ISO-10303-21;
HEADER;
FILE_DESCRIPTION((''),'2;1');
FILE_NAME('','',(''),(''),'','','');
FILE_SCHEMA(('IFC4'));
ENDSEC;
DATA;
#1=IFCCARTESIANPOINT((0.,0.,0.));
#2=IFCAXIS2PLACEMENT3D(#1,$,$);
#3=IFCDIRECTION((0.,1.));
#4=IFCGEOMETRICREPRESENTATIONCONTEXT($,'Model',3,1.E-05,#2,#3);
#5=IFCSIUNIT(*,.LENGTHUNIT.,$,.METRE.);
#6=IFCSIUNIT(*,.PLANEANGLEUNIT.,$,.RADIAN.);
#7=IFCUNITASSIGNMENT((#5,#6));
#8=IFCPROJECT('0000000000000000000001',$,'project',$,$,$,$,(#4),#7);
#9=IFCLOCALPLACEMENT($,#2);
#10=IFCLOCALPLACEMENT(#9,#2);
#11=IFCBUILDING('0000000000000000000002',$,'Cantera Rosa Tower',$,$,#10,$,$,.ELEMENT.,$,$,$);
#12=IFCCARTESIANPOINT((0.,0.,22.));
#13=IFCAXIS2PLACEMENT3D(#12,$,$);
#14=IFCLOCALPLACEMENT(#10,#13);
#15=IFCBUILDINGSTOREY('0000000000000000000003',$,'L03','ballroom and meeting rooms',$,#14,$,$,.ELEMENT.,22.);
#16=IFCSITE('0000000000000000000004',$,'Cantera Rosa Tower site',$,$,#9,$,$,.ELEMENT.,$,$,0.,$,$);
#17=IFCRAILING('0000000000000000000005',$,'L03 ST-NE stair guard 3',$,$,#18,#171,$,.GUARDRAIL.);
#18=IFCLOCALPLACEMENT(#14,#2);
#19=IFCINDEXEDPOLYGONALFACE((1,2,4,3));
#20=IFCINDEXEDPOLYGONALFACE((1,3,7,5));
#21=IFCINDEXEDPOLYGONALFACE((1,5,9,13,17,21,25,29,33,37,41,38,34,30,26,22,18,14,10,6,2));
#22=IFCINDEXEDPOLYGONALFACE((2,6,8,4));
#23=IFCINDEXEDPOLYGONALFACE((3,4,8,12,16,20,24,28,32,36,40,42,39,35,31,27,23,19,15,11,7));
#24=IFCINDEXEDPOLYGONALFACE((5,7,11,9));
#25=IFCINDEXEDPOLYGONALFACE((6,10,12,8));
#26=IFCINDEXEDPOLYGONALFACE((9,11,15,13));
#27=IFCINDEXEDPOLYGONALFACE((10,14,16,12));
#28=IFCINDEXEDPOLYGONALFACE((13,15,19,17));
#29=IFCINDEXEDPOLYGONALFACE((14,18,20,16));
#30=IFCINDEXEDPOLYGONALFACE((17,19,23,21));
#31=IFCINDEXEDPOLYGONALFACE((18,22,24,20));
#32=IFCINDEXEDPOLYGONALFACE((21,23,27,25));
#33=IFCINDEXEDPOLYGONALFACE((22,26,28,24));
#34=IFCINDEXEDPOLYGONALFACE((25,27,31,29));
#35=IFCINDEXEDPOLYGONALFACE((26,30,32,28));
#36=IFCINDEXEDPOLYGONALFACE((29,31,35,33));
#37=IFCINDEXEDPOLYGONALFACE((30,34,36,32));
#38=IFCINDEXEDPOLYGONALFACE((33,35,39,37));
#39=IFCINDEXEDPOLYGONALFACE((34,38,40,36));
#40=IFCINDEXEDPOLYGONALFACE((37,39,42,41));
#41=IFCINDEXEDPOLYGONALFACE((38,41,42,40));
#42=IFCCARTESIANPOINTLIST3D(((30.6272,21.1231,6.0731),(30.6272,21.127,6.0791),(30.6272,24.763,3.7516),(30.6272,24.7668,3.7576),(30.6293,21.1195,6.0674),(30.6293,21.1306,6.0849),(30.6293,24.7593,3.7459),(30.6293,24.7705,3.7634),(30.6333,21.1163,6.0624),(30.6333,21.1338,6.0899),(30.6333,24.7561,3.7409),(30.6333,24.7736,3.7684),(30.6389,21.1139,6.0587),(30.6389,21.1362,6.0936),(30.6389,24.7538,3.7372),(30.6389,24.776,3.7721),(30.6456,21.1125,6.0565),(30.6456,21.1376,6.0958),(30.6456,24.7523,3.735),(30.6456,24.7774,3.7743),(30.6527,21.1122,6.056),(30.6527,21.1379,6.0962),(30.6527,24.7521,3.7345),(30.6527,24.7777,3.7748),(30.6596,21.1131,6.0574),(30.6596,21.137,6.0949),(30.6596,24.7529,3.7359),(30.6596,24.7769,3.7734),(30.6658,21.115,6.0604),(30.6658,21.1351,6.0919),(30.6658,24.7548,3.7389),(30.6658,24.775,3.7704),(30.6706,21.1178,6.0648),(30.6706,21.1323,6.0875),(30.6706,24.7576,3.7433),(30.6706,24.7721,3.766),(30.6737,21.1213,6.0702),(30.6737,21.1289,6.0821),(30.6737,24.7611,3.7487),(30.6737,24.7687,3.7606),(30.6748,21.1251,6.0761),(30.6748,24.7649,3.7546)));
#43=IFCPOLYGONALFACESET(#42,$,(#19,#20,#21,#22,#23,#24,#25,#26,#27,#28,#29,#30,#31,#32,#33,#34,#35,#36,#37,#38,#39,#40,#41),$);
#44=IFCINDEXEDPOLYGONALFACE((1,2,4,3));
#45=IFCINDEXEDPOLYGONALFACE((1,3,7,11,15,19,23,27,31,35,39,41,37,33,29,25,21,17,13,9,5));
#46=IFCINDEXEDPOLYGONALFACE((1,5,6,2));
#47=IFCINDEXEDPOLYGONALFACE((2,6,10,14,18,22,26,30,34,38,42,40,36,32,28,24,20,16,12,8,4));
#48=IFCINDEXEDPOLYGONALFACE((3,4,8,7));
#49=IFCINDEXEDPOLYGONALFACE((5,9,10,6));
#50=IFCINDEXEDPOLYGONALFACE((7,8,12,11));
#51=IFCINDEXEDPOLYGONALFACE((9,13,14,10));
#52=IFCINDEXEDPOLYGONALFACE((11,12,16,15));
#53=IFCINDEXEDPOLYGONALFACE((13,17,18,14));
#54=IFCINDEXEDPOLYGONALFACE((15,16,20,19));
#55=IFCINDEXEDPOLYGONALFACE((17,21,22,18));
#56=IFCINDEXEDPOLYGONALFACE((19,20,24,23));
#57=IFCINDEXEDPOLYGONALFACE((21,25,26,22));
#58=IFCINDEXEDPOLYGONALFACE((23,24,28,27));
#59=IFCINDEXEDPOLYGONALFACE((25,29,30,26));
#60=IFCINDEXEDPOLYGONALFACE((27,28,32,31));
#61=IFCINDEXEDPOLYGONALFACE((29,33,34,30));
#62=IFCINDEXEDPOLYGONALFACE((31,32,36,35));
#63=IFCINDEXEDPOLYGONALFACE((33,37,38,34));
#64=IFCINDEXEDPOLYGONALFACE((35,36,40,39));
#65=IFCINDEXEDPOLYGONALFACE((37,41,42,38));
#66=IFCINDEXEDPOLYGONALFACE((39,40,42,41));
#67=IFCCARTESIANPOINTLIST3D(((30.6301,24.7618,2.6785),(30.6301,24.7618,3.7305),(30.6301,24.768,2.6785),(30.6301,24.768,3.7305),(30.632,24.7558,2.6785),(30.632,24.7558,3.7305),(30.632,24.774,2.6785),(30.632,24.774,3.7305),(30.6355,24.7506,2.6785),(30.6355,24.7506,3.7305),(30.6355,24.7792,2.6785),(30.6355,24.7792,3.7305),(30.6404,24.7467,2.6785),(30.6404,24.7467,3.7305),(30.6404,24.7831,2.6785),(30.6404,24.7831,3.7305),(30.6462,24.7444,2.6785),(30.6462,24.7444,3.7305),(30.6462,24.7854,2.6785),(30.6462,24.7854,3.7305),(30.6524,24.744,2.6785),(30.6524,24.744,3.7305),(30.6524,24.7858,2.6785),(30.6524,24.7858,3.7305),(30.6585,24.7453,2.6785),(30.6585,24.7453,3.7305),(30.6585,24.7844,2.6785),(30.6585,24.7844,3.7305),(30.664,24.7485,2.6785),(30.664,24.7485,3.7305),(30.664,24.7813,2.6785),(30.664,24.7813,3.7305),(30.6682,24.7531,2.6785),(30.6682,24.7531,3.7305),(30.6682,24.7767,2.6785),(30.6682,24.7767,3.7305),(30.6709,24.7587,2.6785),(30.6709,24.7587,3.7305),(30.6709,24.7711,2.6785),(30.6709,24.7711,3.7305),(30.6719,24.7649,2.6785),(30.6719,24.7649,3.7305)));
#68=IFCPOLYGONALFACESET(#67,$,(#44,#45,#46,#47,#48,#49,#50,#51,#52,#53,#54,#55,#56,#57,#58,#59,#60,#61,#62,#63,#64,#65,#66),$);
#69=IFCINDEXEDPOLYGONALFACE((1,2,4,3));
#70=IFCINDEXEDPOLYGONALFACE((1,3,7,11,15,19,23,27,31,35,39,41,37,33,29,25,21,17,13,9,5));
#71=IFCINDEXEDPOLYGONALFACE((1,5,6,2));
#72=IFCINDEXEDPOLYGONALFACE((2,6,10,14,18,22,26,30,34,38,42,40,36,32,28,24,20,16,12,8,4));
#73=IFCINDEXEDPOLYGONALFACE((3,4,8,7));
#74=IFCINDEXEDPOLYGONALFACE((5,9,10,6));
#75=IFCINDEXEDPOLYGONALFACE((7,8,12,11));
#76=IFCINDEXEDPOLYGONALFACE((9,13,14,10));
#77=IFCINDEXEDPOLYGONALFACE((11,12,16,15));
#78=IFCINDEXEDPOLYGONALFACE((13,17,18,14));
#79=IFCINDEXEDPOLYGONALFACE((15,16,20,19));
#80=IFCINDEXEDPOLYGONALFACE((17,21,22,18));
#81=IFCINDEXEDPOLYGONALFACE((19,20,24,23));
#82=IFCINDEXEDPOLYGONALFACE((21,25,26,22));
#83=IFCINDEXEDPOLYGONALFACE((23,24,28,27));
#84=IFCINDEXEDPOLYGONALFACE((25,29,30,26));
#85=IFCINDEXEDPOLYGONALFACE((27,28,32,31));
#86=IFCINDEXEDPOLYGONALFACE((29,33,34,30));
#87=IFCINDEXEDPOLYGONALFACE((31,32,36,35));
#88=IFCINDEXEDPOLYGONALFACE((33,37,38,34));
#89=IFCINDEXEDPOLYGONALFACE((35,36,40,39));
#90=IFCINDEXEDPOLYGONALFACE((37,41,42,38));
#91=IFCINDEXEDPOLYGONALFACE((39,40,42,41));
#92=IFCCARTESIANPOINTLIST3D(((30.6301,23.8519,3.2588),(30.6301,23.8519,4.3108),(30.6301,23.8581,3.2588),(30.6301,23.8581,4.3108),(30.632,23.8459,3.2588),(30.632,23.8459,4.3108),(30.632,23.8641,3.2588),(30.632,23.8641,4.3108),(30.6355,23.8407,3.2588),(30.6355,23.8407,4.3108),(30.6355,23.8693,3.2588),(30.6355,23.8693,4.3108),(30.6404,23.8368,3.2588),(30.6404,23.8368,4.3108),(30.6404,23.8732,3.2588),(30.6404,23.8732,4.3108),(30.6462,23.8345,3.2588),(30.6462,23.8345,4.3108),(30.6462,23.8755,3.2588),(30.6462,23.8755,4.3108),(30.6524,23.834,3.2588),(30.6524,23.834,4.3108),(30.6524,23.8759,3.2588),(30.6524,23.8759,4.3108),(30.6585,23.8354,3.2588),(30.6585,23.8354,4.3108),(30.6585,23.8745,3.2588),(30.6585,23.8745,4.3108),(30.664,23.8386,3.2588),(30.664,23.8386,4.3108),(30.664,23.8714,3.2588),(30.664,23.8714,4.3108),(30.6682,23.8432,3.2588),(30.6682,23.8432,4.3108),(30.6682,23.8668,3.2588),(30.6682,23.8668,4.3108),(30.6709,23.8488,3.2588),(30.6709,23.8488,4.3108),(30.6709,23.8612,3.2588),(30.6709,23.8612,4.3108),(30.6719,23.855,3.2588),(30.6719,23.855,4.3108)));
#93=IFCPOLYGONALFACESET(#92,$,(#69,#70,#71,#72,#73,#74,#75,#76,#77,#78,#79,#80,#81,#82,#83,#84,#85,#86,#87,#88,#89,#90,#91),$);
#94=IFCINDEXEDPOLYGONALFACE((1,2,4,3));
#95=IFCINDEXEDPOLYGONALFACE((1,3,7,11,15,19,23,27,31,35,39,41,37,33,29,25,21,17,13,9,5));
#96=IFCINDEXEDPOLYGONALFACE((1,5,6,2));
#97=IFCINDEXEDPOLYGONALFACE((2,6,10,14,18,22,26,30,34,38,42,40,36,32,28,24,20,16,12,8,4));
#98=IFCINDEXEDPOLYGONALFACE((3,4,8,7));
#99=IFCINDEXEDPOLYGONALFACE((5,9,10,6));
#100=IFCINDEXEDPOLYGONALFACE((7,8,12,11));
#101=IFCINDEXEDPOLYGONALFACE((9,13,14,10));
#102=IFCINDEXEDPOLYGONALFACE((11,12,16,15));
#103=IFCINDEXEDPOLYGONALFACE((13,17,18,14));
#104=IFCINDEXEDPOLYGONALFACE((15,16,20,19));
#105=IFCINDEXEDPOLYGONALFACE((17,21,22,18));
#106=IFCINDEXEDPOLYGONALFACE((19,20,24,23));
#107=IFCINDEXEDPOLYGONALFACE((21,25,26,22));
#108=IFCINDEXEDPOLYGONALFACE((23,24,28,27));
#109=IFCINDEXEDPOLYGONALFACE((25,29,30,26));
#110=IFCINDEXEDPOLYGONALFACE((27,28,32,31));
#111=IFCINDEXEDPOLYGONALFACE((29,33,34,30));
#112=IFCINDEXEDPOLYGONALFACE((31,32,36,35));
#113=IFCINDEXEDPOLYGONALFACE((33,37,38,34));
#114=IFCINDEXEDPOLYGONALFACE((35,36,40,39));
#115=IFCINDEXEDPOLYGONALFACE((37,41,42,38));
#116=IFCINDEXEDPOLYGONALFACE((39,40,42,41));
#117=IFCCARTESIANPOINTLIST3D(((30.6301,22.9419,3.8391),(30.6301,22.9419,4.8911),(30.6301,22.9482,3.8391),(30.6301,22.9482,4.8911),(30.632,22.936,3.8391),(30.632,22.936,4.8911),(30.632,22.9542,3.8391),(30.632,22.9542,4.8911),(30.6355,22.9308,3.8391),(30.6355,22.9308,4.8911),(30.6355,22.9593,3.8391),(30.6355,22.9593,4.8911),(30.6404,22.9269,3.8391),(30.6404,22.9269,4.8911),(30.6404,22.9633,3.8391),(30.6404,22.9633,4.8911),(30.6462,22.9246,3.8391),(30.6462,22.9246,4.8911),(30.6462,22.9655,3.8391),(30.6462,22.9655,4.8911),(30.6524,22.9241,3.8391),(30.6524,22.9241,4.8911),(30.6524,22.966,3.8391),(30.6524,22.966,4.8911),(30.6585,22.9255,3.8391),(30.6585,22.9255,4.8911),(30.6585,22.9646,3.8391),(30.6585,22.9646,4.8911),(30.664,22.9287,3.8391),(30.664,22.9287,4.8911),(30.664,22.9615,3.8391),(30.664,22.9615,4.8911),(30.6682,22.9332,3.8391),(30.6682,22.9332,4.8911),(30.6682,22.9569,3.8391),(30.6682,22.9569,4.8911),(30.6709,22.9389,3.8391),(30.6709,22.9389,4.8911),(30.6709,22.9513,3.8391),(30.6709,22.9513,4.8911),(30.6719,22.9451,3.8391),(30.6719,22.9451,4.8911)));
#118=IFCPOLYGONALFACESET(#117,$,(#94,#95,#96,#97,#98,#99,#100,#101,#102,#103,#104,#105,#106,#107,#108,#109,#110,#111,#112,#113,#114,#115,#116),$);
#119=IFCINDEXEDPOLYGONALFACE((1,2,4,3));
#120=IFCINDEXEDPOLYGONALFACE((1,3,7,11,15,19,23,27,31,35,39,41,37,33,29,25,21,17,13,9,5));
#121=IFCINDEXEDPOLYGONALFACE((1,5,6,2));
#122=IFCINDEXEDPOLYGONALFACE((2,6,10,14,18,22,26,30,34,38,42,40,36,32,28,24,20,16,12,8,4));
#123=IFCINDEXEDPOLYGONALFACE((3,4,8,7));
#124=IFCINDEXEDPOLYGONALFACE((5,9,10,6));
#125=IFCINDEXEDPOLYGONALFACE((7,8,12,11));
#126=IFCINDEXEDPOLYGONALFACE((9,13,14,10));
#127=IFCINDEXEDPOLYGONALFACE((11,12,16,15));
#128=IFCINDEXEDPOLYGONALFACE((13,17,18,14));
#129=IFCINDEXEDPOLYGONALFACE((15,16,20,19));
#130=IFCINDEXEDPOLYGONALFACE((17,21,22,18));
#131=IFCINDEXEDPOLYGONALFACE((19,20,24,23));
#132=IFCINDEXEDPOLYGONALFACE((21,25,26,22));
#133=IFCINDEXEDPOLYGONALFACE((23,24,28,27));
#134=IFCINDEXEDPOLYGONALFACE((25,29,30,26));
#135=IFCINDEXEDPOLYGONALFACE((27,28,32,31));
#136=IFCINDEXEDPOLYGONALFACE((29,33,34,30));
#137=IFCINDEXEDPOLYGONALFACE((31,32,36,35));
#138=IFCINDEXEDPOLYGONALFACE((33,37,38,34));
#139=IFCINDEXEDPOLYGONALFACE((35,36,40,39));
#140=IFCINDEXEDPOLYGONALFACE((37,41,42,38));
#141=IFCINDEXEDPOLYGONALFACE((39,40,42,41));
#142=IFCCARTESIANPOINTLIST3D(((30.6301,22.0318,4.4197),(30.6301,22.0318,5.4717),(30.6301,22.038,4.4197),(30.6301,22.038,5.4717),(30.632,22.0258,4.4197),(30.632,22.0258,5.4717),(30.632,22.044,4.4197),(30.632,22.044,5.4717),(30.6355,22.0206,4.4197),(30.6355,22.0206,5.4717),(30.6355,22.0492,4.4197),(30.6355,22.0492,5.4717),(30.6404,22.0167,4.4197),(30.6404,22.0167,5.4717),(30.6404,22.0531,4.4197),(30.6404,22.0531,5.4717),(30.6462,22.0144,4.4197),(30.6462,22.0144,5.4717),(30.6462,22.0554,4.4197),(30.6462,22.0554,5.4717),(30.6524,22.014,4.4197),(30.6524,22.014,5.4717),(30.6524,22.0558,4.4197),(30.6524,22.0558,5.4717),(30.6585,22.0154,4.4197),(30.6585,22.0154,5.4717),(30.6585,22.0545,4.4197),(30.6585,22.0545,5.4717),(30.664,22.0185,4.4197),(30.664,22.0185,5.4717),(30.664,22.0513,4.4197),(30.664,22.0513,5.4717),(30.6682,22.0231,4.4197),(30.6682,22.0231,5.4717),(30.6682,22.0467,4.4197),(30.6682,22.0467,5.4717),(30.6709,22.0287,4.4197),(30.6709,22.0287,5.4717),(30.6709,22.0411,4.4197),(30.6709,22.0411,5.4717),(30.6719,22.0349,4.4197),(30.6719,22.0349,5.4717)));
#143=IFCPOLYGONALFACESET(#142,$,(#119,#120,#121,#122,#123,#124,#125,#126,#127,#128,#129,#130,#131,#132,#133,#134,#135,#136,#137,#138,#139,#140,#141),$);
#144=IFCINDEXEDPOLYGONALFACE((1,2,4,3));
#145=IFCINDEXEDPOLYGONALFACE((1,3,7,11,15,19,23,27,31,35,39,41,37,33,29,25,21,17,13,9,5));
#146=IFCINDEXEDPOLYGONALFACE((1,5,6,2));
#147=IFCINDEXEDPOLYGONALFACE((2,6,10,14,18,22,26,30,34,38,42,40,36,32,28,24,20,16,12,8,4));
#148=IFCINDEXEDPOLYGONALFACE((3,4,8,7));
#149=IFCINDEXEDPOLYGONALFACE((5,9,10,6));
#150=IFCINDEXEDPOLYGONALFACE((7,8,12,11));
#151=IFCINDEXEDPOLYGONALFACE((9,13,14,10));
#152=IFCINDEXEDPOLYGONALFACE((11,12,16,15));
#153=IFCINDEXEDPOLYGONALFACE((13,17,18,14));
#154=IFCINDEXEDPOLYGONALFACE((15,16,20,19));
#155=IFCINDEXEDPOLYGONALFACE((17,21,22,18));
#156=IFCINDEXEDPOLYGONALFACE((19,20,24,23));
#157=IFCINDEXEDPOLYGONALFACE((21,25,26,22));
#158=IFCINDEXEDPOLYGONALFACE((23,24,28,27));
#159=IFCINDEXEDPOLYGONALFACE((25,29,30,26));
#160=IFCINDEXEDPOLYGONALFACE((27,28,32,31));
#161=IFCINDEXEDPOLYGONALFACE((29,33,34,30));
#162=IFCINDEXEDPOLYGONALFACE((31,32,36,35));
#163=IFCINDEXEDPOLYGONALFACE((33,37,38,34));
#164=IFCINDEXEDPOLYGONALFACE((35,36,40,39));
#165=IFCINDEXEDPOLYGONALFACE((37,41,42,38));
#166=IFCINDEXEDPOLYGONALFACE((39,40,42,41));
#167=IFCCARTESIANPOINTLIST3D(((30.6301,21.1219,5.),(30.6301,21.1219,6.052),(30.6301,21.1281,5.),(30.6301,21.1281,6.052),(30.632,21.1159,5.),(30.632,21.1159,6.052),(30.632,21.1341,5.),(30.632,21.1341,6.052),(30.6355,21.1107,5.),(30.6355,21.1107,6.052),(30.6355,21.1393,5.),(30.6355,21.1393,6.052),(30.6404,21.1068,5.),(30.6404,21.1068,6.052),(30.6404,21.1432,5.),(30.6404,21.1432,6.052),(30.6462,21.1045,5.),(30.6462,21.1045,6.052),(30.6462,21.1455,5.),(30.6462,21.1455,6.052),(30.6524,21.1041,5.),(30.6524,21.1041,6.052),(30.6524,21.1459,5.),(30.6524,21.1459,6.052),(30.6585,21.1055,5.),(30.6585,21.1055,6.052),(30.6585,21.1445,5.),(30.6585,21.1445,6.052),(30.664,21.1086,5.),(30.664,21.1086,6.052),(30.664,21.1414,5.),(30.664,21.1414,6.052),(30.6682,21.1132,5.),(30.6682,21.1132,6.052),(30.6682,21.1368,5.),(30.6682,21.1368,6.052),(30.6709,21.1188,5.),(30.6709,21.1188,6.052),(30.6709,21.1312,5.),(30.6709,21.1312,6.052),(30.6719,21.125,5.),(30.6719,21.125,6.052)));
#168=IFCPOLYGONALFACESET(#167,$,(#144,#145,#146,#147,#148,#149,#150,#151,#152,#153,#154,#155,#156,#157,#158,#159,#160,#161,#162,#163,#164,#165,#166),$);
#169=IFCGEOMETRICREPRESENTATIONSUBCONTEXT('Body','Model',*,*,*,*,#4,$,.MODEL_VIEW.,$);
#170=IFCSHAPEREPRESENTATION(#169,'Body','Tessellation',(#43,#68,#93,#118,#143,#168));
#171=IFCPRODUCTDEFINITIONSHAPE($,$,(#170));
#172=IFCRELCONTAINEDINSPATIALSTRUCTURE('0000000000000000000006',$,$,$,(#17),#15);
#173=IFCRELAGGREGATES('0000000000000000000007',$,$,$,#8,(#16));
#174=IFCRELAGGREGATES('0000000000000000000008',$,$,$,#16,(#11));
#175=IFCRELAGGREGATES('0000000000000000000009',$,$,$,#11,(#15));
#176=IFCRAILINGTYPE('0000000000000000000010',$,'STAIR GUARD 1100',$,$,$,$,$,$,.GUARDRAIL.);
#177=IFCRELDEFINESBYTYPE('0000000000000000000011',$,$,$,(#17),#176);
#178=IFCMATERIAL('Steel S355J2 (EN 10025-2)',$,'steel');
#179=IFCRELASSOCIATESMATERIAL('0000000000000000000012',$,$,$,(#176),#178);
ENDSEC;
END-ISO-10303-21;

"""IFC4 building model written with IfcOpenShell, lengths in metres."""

from ifc_helpers import new_model, si_unit, direction, frame, origin, origin_2d, place, context, subcontext, project, spatial, circle, extrude, material, type_object, element, save


model = new_model("IFC4")

# Units and contexts
model_context = context("Model", 3, precision=1e-05, world=origin(), true_north=direction((0.0, 1.0)))
body_context = subcontext(model_context, "Body", "Model", "MODEL_VIEW")
ifc_project = project(units=[si_unit("LENGTHUNIT", "METRE"), si_unit("PLANEANGLEUNIT", "RADIAN")], contexts=[model_context])

# Site, building, storey
site_placement = place(None, origin())
site = spatial("IfcSite", under=ifc_project, at=site_placement, Name="Cantera Rosa Tower site", CompositionType="ELEMENT", RefElevation=0.0)
building_placement = place(site_placement, origin())
building = spatial("IfcBuilding", under=site, at=building_placement, Name="Cantera Rosa Tower", CompositionType="ELEMENT")
storey_placement = place(building_placement, frame((0.0, 0.0, 22.0)))
storey = spatial("IfcBuildingStorey", under=building, at=storey_placement, Name="L03", Description="ballroom and meeting rooms", CompositionType="ELEMENT", Elevation=22.0)

# Railing
ifc_material_1 = material(Name="Steel S355J2 (EN 10025-2)", Category="steel")
railing_type_1 = type_object("IfcRailingType", Name="STAIR GUARD 1100", PredefinedType="GUARDRAIL", material=ifc_material_1)
railing_1_placement = place(storey_placement, frame((30.6509, 24.7649, 2.6785)))
element("IfcRailing", 1, at=railing_1_placement, inside=storey, type_object=railing_type_1, Name="L03 ST-NE stair guard 3", PredefinedType="GUARDRAIL", context=body_context, shape_type="SweptSolid", body=[
    extrude(circle(Radius=0.0239, at=origin_2d()), frame((0.0, 0.0, 1.0762), z_axis=(0.0, -0.843112, 0.537739), x_axis=(1.0, 0.0, 0.0)), (0.0, 0.0, 1.0), 4.3171),
    extrude(circle(Radius=0.021, at=origin_2d()), origin(), (0.0, 0.0, 1.0), 1.052),
    extrude(circle(Radius=0.021, at=origin_2d()), frame((0.0, -0.9099, 0.5803)), (0.0, 0.0, 1.0), 1.052),
    extrude(circle(Radius=0.021, at=origin_2d()), frame((0.0, -1.8198, 1.1606)), (0.0, 0.0, 1.0), 1.052),
    extrude(circle(Radius=0.021, at=origin_2d()), frame((0.0, -2.73, 1.7412)), (0.0, 0.0, 1.0), 1.052),
    extrude(circle(Radius=0.021, at=origin_2d()), frame((0.0, -3.6399, 2.3215)), (0.0, 0.0, 1.0), 1.052),
])

save(model, "model.ifc")
